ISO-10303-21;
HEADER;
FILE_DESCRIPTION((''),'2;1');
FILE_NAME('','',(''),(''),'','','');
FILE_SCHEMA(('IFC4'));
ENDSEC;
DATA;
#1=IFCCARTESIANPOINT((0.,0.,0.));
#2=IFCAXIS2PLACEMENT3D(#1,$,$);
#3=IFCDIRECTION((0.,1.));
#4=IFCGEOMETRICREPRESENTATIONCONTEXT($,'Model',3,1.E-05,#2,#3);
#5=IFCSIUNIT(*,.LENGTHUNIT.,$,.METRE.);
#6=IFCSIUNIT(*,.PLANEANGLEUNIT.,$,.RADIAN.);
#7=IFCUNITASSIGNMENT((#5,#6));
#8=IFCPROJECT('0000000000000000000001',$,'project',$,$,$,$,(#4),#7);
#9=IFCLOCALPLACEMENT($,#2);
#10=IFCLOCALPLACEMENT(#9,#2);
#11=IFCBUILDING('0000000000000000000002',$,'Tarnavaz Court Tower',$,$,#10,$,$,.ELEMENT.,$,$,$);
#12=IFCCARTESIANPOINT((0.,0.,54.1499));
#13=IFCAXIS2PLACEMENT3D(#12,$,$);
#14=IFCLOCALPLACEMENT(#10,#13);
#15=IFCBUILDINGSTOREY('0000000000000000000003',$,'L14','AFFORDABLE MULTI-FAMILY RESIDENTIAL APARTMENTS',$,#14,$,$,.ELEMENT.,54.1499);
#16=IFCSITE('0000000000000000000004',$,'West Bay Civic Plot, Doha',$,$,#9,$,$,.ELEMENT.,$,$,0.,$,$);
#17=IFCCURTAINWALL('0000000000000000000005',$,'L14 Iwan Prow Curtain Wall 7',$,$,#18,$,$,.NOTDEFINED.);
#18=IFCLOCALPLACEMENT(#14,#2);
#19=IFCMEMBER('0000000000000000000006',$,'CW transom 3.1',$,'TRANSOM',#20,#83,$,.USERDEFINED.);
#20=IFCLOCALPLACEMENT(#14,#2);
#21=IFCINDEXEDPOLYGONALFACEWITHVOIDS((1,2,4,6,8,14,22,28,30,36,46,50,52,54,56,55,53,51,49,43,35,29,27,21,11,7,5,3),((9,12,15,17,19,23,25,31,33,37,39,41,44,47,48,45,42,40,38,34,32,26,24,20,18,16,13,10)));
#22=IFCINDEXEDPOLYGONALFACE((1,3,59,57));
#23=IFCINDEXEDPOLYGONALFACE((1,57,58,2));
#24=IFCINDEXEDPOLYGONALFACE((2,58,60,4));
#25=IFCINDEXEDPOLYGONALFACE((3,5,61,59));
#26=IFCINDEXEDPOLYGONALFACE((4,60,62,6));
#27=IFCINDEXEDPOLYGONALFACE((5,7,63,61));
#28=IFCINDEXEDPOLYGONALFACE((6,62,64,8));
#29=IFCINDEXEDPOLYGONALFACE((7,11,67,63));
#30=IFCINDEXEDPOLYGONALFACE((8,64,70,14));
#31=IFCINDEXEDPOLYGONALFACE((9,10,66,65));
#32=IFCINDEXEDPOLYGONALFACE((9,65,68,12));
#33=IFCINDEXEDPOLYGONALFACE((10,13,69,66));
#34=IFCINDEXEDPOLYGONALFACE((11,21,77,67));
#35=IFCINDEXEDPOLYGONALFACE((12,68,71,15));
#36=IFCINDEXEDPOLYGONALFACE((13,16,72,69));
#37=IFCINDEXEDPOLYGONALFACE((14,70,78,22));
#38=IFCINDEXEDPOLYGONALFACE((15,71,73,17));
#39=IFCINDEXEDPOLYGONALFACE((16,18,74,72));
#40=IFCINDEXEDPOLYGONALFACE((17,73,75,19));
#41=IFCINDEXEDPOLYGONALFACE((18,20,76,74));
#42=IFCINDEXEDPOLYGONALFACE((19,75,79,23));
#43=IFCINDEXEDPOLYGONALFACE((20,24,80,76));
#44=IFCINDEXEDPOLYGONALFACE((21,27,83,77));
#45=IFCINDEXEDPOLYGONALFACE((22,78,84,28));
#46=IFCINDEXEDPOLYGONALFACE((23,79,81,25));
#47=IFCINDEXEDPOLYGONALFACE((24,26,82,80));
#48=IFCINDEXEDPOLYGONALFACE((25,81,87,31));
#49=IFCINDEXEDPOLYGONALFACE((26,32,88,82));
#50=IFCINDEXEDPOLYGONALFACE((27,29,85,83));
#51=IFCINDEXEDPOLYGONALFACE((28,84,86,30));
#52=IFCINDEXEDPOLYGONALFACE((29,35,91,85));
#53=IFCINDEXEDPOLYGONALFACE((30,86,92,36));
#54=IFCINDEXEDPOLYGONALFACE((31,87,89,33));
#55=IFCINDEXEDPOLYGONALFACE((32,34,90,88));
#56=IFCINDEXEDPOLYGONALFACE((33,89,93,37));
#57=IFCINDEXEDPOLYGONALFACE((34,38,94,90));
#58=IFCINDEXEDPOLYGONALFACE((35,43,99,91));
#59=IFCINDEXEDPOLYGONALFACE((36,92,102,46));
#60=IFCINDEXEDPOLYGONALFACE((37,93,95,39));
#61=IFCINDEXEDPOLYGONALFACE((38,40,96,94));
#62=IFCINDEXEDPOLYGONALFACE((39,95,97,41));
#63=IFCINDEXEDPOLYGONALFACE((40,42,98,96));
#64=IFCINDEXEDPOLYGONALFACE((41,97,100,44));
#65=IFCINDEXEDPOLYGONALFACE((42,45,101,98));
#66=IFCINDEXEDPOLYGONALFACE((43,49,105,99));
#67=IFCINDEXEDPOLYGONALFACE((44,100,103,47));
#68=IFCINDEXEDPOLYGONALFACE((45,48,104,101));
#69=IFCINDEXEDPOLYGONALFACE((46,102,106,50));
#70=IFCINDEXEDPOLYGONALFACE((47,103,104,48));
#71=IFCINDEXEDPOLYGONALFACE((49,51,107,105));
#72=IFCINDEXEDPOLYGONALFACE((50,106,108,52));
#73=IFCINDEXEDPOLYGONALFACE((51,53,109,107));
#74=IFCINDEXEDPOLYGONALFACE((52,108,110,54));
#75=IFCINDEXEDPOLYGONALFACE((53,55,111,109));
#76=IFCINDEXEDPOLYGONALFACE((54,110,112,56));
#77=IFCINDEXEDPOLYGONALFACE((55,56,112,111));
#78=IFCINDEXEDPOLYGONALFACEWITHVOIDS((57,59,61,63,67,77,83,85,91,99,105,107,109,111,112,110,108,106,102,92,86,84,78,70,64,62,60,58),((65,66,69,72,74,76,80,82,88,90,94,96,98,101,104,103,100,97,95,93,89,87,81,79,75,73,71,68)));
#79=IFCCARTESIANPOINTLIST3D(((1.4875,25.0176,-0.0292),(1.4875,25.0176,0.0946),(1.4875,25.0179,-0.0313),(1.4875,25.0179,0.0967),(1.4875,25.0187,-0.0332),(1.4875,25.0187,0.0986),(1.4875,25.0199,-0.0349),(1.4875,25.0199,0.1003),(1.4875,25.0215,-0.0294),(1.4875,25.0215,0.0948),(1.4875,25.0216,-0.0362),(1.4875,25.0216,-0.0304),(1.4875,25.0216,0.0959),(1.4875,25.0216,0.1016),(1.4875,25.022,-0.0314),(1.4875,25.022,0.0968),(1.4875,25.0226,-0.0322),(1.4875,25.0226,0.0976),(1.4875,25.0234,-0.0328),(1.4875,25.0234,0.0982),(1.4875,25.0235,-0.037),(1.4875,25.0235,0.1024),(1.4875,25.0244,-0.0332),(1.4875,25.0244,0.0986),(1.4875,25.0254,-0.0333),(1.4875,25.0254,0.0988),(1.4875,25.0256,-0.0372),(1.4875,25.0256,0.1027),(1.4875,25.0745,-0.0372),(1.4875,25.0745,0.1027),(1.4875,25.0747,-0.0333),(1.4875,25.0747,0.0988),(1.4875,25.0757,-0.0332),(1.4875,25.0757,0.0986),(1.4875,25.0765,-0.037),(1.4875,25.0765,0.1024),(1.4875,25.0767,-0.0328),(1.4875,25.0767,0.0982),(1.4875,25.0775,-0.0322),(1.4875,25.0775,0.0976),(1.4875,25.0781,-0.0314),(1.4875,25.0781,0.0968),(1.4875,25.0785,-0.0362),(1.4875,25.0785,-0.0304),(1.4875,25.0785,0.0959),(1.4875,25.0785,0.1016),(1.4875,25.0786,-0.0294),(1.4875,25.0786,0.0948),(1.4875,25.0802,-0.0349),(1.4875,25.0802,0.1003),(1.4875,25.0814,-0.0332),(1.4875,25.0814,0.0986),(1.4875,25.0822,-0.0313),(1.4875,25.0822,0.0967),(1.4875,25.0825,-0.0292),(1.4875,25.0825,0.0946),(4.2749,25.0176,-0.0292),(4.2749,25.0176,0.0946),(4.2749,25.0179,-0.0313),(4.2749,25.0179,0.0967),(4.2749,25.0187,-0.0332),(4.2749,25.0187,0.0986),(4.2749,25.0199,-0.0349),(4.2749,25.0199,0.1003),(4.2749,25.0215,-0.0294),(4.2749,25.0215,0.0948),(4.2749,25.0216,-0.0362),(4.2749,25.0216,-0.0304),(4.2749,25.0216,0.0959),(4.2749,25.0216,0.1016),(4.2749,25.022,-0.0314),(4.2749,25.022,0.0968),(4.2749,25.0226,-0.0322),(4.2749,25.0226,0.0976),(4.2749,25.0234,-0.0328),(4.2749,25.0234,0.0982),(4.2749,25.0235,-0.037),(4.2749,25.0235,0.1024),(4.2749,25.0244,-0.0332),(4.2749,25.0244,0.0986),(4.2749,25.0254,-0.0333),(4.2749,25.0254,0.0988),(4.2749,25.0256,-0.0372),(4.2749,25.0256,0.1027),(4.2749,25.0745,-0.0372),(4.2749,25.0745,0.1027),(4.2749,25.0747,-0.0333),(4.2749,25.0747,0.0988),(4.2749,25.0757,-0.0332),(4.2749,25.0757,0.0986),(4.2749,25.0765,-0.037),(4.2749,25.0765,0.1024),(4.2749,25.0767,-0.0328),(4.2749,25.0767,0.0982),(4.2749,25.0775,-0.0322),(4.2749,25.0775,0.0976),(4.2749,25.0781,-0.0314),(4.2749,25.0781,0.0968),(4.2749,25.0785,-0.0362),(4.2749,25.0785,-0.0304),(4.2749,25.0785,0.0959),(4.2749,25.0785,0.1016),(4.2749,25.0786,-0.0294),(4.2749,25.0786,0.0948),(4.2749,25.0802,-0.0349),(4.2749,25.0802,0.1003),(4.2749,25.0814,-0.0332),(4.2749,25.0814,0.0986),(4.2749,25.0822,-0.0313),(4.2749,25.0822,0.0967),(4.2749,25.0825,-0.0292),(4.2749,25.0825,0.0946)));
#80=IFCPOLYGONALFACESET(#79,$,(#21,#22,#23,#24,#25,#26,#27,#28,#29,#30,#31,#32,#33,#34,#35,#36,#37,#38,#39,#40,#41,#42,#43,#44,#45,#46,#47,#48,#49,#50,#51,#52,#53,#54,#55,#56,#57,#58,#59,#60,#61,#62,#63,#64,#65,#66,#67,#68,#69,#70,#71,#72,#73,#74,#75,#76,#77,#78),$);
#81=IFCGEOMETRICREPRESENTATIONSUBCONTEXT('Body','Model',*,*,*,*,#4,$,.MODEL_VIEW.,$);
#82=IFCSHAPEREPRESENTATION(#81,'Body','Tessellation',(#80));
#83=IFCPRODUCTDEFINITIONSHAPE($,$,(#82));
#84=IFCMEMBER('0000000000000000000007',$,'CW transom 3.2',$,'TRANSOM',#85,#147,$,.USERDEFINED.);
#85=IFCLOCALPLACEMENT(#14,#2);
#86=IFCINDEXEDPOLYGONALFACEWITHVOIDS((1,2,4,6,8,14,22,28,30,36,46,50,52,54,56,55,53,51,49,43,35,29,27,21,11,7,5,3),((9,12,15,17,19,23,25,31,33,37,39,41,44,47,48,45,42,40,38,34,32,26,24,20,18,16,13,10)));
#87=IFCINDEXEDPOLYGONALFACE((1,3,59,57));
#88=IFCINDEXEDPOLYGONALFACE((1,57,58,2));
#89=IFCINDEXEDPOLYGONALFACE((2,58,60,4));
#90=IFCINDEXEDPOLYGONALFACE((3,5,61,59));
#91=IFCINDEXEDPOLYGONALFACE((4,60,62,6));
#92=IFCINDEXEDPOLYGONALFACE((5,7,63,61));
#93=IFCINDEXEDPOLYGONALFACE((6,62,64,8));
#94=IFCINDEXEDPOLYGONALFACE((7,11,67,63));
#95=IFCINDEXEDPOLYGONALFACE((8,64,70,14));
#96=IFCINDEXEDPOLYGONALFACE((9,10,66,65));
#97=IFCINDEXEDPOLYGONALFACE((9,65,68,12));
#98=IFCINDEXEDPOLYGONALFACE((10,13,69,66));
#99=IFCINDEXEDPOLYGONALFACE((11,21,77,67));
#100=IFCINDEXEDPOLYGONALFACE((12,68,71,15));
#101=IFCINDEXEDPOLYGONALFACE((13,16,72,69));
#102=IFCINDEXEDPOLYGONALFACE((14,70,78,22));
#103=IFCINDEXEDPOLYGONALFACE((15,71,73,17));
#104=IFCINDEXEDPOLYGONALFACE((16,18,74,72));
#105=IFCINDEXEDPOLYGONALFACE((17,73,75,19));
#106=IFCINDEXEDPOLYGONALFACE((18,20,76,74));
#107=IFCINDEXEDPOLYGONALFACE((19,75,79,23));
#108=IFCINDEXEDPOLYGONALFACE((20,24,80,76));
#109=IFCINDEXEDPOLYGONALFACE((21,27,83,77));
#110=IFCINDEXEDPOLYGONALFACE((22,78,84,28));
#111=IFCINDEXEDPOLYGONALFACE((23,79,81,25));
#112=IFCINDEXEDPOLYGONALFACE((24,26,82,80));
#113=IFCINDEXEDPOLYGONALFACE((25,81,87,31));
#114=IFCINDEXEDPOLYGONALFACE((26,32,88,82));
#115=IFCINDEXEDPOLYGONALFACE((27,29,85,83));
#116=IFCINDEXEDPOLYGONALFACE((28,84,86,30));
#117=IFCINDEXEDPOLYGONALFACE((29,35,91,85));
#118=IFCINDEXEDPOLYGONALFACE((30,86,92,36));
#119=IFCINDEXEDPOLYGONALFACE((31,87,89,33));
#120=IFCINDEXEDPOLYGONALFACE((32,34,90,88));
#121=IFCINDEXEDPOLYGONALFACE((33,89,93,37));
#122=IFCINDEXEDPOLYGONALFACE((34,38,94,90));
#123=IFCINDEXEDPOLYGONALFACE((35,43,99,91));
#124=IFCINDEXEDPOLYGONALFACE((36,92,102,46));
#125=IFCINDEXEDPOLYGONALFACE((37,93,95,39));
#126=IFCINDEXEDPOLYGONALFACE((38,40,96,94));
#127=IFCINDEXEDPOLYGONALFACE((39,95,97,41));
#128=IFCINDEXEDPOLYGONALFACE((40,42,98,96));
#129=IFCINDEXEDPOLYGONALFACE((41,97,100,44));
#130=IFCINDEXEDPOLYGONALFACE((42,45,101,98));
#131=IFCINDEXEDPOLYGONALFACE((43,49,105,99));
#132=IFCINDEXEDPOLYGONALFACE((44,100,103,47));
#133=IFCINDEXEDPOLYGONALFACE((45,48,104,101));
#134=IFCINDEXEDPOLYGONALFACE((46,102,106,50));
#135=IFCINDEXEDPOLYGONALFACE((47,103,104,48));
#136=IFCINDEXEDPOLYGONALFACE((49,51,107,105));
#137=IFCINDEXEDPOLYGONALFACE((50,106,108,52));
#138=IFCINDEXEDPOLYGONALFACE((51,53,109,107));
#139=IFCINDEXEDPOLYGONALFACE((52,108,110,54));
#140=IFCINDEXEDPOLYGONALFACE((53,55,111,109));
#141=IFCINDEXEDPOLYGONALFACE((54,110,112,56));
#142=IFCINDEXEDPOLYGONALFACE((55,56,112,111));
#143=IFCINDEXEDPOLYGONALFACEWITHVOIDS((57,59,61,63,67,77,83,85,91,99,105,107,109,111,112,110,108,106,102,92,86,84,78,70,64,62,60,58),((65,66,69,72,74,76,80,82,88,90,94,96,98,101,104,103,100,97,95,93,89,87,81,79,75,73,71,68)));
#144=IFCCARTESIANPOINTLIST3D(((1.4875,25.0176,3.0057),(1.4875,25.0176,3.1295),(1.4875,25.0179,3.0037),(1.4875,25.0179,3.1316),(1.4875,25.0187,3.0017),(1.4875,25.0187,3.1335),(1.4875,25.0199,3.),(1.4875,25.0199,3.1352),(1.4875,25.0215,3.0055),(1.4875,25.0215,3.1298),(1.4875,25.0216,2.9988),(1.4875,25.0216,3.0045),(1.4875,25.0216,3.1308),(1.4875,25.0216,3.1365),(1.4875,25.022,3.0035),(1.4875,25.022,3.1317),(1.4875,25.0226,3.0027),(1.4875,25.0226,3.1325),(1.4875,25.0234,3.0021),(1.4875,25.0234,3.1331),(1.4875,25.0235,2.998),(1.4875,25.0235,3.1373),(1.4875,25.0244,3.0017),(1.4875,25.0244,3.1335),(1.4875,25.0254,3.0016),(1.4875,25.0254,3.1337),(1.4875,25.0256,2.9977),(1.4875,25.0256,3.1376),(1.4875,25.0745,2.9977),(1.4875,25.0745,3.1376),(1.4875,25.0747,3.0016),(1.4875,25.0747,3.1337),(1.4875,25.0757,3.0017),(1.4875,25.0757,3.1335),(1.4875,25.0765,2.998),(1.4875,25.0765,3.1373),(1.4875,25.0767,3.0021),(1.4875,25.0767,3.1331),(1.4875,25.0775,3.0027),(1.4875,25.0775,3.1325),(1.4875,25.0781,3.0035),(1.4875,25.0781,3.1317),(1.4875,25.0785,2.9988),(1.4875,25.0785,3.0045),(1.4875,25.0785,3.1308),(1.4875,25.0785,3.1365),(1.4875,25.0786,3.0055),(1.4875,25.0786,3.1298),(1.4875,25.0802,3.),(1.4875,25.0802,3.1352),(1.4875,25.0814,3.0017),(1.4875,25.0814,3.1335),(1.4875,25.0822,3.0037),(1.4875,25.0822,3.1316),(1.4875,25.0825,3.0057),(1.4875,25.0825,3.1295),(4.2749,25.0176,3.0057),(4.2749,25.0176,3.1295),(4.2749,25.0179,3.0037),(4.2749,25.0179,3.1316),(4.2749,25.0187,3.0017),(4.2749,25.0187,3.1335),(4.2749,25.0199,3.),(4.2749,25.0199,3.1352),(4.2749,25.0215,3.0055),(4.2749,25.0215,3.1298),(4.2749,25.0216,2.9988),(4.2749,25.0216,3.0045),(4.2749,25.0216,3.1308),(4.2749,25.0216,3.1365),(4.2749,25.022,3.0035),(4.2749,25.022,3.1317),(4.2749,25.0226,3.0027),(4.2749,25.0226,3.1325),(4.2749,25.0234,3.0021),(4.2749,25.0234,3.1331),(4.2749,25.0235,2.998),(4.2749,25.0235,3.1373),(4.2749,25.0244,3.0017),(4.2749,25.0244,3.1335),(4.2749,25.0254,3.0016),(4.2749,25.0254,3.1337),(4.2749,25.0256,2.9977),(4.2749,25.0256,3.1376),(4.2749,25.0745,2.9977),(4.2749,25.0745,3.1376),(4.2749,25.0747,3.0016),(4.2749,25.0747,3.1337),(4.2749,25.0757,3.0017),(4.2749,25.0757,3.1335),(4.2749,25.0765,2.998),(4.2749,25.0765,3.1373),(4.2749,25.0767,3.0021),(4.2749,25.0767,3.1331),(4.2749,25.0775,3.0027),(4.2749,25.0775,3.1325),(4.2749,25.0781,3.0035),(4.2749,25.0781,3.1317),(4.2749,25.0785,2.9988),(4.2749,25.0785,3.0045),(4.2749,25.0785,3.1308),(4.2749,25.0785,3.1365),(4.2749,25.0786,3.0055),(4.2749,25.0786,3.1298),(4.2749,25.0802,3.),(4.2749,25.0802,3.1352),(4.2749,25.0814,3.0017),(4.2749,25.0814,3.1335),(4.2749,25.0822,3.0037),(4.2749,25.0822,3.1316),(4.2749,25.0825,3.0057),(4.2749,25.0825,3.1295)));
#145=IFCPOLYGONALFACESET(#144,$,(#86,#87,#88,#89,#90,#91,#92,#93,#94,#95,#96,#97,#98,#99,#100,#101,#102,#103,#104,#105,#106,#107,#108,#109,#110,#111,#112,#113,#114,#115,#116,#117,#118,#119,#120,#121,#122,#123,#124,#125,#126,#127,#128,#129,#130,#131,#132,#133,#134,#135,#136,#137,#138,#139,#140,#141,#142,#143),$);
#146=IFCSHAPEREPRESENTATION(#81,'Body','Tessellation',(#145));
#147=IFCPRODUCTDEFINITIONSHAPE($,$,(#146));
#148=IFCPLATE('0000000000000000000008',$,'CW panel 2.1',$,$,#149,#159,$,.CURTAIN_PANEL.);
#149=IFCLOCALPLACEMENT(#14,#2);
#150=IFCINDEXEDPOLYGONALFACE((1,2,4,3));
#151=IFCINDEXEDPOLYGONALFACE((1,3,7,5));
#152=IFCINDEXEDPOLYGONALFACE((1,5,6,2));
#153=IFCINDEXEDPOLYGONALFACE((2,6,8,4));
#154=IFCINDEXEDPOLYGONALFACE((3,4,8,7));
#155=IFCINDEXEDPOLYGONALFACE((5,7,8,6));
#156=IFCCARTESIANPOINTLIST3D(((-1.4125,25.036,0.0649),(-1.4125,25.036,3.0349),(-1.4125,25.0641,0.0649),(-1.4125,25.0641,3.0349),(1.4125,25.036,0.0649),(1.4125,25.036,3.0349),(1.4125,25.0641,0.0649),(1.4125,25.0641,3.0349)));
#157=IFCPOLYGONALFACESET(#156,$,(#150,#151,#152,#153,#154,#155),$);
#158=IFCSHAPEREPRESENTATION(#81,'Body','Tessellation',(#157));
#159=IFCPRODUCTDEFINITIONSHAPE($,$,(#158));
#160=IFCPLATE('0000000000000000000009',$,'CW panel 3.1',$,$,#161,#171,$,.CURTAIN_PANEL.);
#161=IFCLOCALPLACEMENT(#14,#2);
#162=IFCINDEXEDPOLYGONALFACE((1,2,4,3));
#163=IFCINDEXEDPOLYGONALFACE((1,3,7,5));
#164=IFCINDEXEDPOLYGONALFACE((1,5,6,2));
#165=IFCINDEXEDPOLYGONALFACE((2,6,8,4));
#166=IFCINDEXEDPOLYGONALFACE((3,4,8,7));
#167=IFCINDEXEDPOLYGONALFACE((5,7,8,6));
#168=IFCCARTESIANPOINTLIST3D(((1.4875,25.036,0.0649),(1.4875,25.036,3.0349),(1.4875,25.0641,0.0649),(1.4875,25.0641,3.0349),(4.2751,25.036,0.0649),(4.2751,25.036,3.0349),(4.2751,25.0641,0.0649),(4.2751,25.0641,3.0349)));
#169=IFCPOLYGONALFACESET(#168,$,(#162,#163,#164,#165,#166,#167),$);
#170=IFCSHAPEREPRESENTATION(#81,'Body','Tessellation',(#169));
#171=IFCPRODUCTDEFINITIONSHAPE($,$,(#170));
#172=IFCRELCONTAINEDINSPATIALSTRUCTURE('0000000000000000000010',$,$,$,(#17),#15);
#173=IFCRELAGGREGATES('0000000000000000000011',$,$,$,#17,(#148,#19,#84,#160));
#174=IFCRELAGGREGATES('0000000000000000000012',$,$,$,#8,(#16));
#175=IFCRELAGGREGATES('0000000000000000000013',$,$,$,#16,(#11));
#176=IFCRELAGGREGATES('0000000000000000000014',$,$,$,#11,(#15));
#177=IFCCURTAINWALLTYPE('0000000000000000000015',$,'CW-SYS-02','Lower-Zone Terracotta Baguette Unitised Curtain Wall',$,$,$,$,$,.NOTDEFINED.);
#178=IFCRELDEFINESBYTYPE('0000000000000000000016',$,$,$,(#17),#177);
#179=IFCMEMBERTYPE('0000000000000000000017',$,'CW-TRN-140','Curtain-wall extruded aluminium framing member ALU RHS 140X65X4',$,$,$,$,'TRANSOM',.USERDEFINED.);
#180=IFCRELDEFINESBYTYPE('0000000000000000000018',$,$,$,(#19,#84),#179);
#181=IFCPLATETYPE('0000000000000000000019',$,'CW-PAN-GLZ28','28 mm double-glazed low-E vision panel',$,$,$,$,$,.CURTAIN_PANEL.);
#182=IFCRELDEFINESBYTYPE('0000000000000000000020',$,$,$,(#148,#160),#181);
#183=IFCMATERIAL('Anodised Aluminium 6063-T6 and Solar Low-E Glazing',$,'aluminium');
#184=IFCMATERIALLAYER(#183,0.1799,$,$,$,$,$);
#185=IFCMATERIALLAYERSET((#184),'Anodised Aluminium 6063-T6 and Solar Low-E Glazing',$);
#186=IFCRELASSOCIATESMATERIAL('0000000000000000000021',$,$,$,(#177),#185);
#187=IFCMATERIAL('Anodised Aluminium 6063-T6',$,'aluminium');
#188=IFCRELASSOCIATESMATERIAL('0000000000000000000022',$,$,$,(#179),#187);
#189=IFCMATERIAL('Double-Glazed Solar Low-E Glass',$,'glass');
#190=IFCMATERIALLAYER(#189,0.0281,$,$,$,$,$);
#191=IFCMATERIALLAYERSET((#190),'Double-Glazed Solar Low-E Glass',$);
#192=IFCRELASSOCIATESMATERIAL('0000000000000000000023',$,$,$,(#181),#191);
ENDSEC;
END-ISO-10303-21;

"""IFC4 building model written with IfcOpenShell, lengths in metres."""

from ifc_helpers import new_model, si_unit, direction, frame, origin, origin_2d, place, context, subcontext, project, spatial, rectangle, hollow_rectangle, extrude, material, layer, layer_set, material_profile, profile_set, type_object, element, aggregate, save


model = new_model("IFC4")

# Units and contexts
model_context = context("Model", 3, precision=1e-05, world=origin(), true_north=direction((0.0, 1.0)))
body_context = subcontext(model_context, "Body", "Model", "MODEL_VIEW")
ifc_project = project(units=[si_unit("LENGTHUNIT", "METRE"), si_unit("PLANEANGLEUNIT", "RADIAN")], contexts=[model_context])

# Site, building, storey
site_placement = place(None, origin())
site = spatial("IfcSite", under=ifc_project, at=site_placement, Name="West Bay Civic Plot, Doha", CompositionType="ELEMENT", RefElevation=0.0)
building_placement = place(site_placement, origin())
building = spatial("IfcBuilding", under=site, at=building_placement, Name="Tarnavaz Court Tower", CompositionType="ELEMENT")
storey_placement = place(building_placement, frame((0.0, 0.0, 54.1499)))
storey = spatial("IfcBuildingStorey", under=building, at=storey_placement, Name="L14", Description="AFFORDABLE MULTI-FAMILY RESIDENTIAL APARTMENTS", CompositionType="ELEMENT", Elevation=54.1499)

# Curtain wall, members, plates
ifc_material_1 = material(Name="Anodised Aluminium 6063-T6 and Solar Low-E Glazing", Category="aluminium")
ifc_layer_1 = layer(ifc_material_1, 0.1799)
ifc_layer_set_1 = layer_set([ifc_layer_1], Name="Anodised Aluminium 6063-T6 and Solar Low-E Glazing")
curtain_wall_type = type_object("IfcCurtainWallType", Name="CW-SYS-02", Description="Lower-Zone Terracotta Baguette Unitised Curtain Wall", PredefinedType="NOTDEFINED", material=ifc_layer_set_1)
curtain_wall_placement = place(storey_placement, origin())
curtain_wall = element("IfcCurtainWall", 1, at=curtain_wall_placement, inside=storey, type_object=curtain_wall_type, Name="L14 Iwan Prow Curtain Wall 7", PredefinedType="NOTDEFINED")
ifc_material_2 = material(Name="Anodised Aluminium 6063-T6", Category="aluminium")
ifc_material_profile_1 = material_profile(ifc_material_2, hollow_rectangle(XDim=0.0649, YDim=0.1399, WallThickness=0.0039, InnerFilletRadius=0.0039, OuterFilletRadius=0.0081, at=origin_2d()), Name="ALU RHS 140X65X4")
ifc_profile_set_1 = profile_set([ifc_material_profile_1], Name="Anodised Aluminium 6063-T6")
member_type_1 = type_object("IfcMemberType", Name="CW-TRN-140", Description="Curtain-wall extruded aluminium framing member ALU RHS 140X65X4", ElementType="TRANSOM", PredefinedType="USERDEFINED", material=ifc_profile_set_1)
member_1_placement = place(storey_placement, frame((1.4875, 25.05, 0.0327), z_axis=(1.0, 0.0, 0.0), x_axis=(0.0, 1.0, 0.0)))
member_1 = element("IfcMember", 2, at=member_1_placement, type_object=member_type_1, Name="CW transom 3.1", ObjectType="TRANSOM", PredefinedType="USERDEFINED", context=body_context, shape_type="SweptSolid", body=[
    extrude(hollow_rectangle(XDim=0.0649, YDim=0.1399, WallThickness=0.0039, InnerFilletRadius=0.0039, OuterFilletRadius=0.0081, at=origin_2d()), origin(), (0.0, 0.0, 1.0), 2.7874),
])
member_2_placement = place(storey_placement, frame((1.4875, 25.05, 3.0676), z_axis=(1.0, 0.0, 0.0), x_axis=(0.0, 1.0, 0.0)))
member_2 = element("IfcMember", 3, at=member_2_placement, type_object=member_type_1, Name="CW transom 3.2", ObjectType="TRANSOM", PredefinedType="USERDEFINED", context=body_context, shape_type="SweptSolid", body=[
    extrude(hollow_rectangle(XDim=0.0649, YDim=0.1399, WallThickness=0.0039, InnerFilletRadius=0.0039, OuterFilletRadius=0.0081, at=origin_2d()), origin(), (0.0, 0.0, 1.0), 2.7874),
])
ifc_material_3 = material(Name="Double-Glazed Solar Low-E Glass", Category="glass")
ifc_layer_2 = layer(ifc_material_3, 0.0281)
ifc_layer_set_2 = layer_set([ifc_layer_2], Name="Double-Glazed Solar Low-E Glass")
plate_type = type_object("IfcPlateType", Name="CW-PAN-GLZ28", Description="28 mm double-glazed low-E vision panel", PredefinedType="CURTAIN_PANEL", material=ifc_layer_set_2)
plate_1_placement = place(storey_placement, frame((0.0, 25.05, 0.0649), z_axis=(0.0, 0.0, 1.0), x_axis=(1.0, 0.0, 0.0)))
plate_1 = element("IfcPlate", 4, at=plate_1_placement, type_object=plate_type, Name="CW panel 2.1", PredefinedType="CURTAIN_PANEL", context=body_context, shape_type="SweptSolid", body=[
    extrude(rectangle(XDim=2.825, YDim=0.0281, at=origin_2d()), origin(), (0.0, 0.0, 1.0), 2.97),
])
plate_2_placement = place(storey_placement, frame((2.8813, 25.05, 0.0649), z_axis=(0.0, 0.0, 1.0), x_axis=(1.0, 0.0, 0.0)))
plate_2 = element("IfcPlate", 5, at=plate_2_placement, type_object=plate_type, Name="CW panel 3.1", PredefinedType="CURTAIN_PANEL", context=body_context, shape_type="SweptSolid", body=[
    extrude(rectangle(XDim=2.7876, YDim=0.0281, at=origin_2d()), origin(), (0.0, 0.0, 1.0), 2.97),
])
aggregate(curtain_wall, [plate_1, member_1, member_2, plate_2])

save(model, "model.ifc")
